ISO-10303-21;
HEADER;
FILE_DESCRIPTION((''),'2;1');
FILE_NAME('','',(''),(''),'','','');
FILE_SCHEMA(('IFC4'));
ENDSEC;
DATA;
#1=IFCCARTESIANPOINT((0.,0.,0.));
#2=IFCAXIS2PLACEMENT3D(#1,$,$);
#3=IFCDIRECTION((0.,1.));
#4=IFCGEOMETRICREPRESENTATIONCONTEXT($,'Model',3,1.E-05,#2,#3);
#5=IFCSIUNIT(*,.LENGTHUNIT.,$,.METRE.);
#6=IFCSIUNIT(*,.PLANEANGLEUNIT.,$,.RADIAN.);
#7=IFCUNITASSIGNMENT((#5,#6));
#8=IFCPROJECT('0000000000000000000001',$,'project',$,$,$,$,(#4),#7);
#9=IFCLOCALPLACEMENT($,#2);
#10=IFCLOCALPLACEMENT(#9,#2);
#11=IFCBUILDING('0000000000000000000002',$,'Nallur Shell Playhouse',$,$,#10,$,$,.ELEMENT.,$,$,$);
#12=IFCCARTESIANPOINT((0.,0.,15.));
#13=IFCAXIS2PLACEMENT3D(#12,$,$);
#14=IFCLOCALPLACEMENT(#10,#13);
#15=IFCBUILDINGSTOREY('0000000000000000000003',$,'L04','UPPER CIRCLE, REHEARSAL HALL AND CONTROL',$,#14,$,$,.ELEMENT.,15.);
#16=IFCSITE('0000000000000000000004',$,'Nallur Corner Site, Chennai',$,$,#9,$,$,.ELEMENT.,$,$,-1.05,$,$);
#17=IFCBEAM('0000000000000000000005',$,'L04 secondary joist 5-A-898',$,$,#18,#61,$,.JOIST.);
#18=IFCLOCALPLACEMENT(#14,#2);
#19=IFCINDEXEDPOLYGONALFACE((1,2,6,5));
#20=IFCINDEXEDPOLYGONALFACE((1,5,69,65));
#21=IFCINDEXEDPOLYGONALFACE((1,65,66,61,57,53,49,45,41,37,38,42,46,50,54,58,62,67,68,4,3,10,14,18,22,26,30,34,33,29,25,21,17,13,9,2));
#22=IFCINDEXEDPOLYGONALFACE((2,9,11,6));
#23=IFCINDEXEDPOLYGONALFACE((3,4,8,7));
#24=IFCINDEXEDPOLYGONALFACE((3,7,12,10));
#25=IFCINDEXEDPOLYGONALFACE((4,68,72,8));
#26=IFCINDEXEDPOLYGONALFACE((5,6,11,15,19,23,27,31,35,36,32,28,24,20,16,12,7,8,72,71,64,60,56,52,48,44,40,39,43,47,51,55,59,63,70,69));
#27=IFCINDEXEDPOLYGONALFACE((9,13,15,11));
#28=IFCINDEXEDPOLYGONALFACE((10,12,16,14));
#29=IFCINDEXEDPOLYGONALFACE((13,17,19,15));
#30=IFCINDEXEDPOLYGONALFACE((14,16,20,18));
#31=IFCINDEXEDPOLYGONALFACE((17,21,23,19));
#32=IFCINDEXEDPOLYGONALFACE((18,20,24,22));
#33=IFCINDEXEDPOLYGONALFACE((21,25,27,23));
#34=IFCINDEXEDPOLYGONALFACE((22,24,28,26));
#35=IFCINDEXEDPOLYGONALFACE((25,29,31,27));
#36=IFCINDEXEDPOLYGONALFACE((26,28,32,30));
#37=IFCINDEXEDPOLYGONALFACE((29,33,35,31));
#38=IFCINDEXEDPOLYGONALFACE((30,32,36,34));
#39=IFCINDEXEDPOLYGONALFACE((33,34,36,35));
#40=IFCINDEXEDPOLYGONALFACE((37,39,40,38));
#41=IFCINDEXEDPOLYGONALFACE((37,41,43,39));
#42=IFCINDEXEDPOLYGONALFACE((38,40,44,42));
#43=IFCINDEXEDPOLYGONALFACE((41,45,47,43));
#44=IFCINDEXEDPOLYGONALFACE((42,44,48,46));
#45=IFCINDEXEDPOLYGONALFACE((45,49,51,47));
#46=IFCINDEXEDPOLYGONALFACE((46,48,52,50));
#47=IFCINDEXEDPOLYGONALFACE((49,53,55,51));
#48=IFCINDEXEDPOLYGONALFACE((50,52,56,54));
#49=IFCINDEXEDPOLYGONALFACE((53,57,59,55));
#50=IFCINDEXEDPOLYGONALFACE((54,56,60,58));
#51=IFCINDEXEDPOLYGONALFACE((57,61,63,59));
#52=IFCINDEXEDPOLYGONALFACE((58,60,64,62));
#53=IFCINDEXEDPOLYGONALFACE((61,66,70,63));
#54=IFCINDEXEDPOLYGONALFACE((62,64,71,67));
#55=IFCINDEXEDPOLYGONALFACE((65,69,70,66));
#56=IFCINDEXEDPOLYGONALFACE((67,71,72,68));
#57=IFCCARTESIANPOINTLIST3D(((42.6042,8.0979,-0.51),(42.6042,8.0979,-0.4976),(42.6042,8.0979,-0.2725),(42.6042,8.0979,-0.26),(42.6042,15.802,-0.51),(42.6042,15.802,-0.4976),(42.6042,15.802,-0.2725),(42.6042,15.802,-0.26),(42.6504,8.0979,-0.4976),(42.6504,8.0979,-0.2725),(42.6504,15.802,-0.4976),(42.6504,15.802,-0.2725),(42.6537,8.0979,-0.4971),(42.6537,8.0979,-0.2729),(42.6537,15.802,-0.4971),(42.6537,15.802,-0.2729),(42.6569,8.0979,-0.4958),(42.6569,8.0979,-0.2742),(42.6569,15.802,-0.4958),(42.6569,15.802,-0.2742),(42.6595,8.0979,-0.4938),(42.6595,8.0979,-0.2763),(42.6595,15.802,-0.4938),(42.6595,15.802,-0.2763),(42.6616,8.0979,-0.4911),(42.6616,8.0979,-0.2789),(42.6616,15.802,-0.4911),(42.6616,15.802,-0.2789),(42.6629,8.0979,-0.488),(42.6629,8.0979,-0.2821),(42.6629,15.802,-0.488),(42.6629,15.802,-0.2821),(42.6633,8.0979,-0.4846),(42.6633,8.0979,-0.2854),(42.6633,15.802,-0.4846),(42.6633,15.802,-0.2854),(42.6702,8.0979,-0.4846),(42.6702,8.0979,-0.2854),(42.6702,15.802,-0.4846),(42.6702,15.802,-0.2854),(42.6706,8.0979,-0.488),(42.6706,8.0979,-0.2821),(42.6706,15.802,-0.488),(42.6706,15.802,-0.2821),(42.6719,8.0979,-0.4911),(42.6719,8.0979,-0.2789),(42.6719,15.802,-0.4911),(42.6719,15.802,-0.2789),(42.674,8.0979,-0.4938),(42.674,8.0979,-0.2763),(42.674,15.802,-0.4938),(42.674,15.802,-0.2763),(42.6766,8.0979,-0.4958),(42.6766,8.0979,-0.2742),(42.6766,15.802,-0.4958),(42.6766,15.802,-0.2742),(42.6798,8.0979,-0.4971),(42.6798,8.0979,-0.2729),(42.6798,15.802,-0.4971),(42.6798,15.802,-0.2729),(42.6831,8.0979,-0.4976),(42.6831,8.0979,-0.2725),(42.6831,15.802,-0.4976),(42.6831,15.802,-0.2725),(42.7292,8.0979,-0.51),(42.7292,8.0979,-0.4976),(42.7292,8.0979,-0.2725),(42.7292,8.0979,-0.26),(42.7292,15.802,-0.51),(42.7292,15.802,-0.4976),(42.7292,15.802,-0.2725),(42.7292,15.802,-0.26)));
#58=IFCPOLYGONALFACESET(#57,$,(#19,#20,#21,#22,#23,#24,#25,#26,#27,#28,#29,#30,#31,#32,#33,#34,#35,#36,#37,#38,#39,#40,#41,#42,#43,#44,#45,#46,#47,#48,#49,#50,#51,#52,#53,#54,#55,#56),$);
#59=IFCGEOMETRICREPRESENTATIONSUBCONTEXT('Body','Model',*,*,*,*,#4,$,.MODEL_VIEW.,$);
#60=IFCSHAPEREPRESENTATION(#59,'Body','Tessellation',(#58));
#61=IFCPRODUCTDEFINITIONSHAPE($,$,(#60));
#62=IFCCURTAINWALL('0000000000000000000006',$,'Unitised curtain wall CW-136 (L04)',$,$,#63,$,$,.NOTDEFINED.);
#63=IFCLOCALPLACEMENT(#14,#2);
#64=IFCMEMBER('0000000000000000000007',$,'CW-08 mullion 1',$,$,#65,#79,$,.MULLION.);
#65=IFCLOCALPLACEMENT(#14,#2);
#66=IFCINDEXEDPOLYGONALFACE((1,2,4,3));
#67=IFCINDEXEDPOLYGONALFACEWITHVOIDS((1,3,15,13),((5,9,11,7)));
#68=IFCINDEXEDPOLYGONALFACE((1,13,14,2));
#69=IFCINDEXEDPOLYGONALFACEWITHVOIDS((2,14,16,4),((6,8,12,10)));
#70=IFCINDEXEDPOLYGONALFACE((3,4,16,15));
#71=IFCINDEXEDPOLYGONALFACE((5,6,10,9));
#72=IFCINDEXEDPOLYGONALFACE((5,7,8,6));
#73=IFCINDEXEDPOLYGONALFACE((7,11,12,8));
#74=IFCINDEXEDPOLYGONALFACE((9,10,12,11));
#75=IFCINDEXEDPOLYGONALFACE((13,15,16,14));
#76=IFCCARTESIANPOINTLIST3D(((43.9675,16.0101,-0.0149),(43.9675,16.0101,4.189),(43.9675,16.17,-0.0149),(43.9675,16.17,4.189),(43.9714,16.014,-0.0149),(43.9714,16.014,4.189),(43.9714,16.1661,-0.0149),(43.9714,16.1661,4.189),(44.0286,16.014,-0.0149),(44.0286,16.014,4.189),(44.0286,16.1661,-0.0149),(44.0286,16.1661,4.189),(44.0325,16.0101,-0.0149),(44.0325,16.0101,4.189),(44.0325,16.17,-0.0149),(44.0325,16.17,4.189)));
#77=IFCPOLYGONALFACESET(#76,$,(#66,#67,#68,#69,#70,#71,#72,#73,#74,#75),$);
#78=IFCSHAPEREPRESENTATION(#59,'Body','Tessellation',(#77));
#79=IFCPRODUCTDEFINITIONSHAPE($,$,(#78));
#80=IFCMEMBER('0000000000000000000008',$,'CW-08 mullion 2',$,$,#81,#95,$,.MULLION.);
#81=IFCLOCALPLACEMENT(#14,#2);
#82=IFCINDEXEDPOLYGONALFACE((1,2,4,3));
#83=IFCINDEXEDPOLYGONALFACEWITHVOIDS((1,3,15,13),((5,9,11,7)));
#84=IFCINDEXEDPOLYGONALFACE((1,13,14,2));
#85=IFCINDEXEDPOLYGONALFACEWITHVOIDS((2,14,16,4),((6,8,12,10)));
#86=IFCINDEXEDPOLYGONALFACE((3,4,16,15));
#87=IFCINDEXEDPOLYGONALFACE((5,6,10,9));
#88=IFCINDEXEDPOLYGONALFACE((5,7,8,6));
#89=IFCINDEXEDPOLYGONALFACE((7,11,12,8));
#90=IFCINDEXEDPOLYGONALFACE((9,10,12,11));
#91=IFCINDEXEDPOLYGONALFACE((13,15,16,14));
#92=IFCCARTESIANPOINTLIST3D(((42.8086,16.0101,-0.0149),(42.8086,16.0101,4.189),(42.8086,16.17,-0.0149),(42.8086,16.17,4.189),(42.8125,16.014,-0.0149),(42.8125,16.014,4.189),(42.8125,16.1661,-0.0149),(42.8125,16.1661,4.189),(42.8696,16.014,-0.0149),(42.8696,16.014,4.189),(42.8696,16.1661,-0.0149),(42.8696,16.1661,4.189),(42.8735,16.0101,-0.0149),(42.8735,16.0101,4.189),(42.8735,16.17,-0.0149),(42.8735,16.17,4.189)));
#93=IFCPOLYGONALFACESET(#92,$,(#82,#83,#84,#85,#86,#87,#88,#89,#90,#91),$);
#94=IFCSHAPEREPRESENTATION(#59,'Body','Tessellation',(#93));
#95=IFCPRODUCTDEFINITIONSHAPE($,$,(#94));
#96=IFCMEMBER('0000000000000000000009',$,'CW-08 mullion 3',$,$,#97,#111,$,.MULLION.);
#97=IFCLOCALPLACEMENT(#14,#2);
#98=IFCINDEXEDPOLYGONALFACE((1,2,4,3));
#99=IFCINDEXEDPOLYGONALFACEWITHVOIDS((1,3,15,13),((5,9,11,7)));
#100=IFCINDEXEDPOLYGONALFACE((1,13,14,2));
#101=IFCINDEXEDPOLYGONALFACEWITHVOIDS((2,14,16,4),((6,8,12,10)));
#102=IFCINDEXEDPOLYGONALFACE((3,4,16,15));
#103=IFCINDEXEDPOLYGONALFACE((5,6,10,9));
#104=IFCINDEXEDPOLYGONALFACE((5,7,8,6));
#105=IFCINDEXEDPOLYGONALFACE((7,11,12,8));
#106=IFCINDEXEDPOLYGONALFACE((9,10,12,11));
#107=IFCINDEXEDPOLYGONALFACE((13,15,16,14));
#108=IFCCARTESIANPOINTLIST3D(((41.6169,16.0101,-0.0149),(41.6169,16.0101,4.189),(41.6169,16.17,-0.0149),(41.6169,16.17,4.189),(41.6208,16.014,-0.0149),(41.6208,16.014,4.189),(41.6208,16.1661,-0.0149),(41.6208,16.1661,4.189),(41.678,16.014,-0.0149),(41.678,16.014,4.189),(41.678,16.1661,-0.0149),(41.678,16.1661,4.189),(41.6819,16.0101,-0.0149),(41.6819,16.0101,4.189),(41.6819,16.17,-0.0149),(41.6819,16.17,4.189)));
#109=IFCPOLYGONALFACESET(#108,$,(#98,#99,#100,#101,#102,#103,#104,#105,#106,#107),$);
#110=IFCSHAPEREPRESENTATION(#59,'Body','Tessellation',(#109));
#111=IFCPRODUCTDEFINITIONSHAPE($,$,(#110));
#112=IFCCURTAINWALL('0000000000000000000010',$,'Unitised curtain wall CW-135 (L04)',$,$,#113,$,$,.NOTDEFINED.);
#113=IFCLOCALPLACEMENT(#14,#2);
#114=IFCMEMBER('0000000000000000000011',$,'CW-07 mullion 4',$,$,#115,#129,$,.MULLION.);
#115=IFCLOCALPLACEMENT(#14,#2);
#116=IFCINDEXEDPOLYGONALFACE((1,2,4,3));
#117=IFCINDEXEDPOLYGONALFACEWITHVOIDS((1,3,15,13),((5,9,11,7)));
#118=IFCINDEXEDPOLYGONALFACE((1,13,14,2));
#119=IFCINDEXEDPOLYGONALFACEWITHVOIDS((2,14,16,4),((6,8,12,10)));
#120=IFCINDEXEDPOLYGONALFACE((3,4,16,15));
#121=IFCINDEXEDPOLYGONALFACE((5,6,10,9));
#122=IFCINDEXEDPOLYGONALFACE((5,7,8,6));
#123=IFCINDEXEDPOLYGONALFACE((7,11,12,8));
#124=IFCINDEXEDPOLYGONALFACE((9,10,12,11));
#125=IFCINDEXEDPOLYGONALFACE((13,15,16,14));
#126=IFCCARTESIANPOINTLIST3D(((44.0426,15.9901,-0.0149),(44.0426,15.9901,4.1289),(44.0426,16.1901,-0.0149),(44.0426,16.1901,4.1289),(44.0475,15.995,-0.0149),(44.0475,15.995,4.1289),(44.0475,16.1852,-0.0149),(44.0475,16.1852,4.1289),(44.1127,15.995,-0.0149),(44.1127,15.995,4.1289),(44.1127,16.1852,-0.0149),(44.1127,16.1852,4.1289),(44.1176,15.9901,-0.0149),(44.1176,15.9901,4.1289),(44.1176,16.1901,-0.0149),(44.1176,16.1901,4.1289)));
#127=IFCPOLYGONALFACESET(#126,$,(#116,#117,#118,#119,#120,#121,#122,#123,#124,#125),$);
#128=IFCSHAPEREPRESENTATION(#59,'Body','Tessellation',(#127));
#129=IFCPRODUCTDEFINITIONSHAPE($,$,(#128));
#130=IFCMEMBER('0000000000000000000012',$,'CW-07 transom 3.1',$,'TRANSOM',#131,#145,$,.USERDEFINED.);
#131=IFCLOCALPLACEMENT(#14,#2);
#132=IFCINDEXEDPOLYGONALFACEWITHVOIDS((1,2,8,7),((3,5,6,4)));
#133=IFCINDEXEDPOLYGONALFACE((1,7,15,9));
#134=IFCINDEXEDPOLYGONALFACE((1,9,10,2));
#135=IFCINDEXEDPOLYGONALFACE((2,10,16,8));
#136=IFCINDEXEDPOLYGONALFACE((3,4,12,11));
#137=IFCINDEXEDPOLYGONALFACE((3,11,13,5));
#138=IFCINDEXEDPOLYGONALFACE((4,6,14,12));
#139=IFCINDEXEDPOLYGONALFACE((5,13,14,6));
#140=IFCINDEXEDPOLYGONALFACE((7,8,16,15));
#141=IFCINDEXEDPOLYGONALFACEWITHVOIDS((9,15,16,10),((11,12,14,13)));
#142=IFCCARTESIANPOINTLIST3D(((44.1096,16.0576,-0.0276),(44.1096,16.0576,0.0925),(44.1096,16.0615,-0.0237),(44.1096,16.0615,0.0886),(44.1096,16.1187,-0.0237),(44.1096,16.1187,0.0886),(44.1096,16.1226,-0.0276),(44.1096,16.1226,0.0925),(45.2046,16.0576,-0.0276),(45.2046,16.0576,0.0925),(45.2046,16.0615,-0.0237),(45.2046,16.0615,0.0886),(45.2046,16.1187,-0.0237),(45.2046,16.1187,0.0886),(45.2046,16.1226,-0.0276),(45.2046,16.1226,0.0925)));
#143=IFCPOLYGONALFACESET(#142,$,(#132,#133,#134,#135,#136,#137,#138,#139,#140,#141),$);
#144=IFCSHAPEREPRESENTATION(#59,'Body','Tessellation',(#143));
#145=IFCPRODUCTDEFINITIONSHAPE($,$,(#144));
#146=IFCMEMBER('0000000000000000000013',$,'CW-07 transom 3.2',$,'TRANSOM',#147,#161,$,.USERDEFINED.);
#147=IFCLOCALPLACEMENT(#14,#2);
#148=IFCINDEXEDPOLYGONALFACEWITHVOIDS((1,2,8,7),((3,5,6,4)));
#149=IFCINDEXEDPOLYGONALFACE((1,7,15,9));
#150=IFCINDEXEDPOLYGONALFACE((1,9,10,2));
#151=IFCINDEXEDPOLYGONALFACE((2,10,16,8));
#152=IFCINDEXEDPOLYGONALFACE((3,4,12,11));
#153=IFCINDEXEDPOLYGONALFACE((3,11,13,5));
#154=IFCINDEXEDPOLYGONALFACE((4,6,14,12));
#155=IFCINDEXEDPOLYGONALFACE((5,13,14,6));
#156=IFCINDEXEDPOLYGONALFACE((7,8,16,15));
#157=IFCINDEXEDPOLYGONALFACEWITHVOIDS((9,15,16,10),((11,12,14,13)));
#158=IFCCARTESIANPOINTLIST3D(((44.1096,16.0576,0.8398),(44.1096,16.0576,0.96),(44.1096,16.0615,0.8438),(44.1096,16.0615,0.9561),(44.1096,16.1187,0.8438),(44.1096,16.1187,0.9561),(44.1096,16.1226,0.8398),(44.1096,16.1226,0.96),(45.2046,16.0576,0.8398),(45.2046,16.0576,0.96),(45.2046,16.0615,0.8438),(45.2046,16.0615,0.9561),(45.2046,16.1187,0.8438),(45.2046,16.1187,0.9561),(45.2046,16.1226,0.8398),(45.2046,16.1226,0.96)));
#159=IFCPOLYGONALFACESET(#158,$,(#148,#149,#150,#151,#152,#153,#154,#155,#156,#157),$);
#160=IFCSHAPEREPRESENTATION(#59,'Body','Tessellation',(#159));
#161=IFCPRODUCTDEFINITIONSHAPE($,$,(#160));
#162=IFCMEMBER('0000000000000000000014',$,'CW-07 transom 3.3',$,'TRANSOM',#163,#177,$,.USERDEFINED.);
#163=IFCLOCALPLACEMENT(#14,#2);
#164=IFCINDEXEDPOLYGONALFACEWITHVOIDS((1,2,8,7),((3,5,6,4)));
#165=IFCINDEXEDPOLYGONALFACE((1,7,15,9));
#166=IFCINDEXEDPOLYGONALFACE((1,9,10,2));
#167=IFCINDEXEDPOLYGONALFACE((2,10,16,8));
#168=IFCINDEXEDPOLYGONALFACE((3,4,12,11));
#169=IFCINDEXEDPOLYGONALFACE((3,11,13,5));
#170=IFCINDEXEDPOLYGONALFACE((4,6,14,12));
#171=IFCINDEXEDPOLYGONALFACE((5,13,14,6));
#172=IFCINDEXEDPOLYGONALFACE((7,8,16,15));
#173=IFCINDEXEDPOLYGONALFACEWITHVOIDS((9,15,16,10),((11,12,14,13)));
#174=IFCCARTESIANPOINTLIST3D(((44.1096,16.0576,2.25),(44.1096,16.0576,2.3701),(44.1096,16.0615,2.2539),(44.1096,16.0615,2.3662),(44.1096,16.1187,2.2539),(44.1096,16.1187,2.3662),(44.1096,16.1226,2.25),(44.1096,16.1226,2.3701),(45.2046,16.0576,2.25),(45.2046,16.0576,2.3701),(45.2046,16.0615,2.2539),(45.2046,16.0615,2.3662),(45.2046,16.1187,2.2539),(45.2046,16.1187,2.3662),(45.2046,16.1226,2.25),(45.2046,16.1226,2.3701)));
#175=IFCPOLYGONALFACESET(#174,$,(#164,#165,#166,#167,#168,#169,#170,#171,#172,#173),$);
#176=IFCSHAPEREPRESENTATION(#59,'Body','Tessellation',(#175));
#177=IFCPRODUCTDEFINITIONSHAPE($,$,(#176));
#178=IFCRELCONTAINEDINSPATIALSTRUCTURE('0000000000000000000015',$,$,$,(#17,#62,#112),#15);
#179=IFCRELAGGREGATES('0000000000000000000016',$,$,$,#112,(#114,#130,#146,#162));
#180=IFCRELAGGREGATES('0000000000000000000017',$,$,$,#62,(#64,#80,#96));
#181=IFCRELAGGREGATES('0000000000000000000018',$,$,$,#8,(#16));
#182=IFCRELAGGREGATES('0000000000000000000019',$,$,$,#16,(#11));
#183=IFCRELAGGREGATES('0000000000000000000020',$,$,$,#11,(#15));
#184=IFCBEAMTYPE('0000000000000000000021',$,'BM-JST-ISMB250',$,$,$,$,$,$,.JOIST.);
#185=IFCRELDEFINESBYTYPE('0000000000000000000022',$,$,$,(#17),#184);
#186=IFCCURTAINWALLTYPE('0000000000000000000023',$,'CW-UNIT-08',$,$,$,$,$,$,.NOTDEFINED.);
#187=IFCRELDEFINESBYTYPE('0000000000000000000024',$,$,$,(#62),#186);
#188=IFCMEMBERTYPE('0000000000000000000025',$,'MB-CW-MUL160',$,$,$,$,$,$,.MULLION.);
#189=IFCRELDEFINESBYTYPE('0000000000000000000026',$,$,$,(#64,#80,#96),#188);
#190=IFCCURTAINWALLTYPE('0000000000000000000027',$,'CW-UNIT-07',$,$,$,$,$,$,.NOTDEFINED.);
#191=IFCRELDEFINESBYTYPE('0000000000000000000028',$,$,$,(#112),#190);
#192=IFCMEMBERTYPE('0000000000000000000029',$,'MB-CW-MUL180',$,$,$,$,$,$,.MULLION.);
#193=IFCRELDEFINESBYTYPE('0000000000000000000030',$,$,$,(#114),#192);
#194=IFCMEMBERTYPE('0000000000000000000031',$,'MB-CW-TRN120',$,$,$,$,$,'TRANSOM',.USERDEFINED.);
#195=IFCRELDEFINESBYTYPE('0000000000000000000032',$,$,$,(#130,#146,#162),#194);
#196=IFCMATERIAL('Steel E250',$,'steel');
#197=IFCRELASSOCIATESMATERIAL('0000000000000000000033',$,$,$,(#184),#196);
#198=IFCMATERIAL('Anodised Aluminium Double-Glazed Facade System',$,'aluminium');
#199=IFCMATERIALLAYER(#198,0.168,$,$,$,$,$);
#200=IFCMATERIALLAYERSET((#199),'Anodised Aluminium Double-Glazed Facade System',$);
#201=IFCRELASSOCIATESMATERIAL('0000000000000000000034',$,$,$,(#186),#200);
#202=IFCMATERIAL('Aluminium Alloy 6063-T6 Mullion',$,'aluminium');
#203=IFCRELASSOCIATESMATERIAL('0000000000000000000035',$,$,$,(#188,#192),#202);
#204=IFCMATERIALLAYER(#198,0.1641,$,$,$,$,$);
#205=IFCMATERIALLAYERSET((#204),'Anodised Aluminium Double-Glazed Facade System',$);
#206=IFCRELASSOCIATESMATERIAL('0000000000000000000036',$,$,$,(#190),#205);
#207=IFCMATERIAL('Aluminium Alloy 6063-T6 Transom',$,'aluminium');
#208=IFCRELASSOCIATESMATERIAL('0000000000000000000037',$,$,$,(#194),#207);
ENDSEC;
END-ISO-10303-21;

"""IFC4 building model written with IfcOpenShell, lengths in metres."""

from ifc_helpers import new_model, si_unit, direction, frame, origin, origin_2d, place, context, subcontext, project, spatial, hollow_rectangle, i_section, extrude, material, layer, layer_set, material_profile, profile_set, type_object, element, aggregate, save


model = new_model("IFC4")

# Units and contexts
model_context = context("Model", 3, precision=1e-05, world=origin(), true_north=direction((0.0, 1.0)))
body_context = subcontext(model_context, "Body", "Model", "MODEL_VIEW")
ifc_project = project(units=[si_unit("LENGTHUNIT", "METRE"), si_unit("PLANEANGLEUNIT", "RADIAN")], contexts=[model_context])

# Site, building, storey
site_placement = place(None, origin())
site = spatial("IfcSite", under=ifc_project, at=site_placement, Name="Nallur Corner Site, Chennai", CompositionType="ELEMENT", RefElevation=-1.05)
building_placement = place(site_placement, origin())
building = spatial("IfcBuilding", under=site, at=building_placement, Name="Nallur Shell Playhouse", CompositionType="ELEMENT")
storey_placement = place(building_placement, frame((0.0, 0.0, 15.0)))
storey = spatial("IfcBuildingStorey", under=building, at=storey_placement, Name="L04", Description="UPPER CIRCLE, REHEARSAL HALL AND CONTROL", CompositionType="ELEMENT", Elevation=15.0)

# Beam
ifc_material_1 = material(Name="Steel E250", Category="steel")
ifc_material_profile_1 = material_profile(ifc_material_1, i_section(OverallWidth=0.125, OverallDepth=0.25, WebThickness=0.0068, FlangeThickness=0.0125, FilletRadius=0.0129, at=origin_2d()), Name="ISMB 250")
ifc_profile_set_1 = profile_set([ifc_material_profile_1], Name="Steel E250")
beam_type = type_object("IfcBeamType", Name="BM-JST-ISMB250", PredefinedType="JOIST", material=ifc_profile_set_1)
beam_placement = place(storey_placement, frame((42.6667, 8.0979, -0.385), z_axis=(0.0, 1.0, 0.0), x_axis=(-1.0, 0.0, 0.0)))
element("IfcBeam", 1, at=beam_placement, inside=storey, type_object=beam_type, Name="L04 secondary joist 5-A-898", PredefinedType="JOIST", context=body_context, shape_type="SweptSolid", body=[
    extrude(i_section(OverallWidth=0.125, OverallDepth=0.25, WebThickness=0.0068, FlangeThickness=0.0125, FilletRadius=0.0129, at=origin_2d()), origin(), (0.0, 0.0, 1.0), 7.7041),
])

# Curtain walls, members
ifc_material_2 = material(Name="Anodised Aluminium Double-Glazed Facade System", Category="aluminium")
ifc_layer_1 = layer(ifc_material_2, 0.168)
ifc_layer_set_1 = layer_set([ifc_layer_1], Name="Anodised Aluminium Double-Glazed Facade System")
curtain_wall_type_1 = type_object("IfcCurtainWallType", Name="CW-UNIT-08", PredefinedType="NOTDEFINED", material=ifc_layer_set_1)
curtain_wall_1_placement = place(storey_placement, origin())
curtain_wall_1 = element("IfcCurtainWall", 2, at=curtain_wall_1_placement, inside=storey, type_object=curtain_wall_type_1, Name="Unitised curtain wall CW-136 (L04)", PredefinedType="NOTDEFINED")
ifc_material_3 = material(Name="Aluminium Alloy 6063-T6 Mullion", Category="aluminium")
ifc_material_profile_2 = material_profile(ifc_material_3, hollow_rectangle(XDim=0.0649, YDim=0.1599, WallThickness=0.0039, at=origin_2d()), Name="ALU 65x160x4")
ifc_profile_set_2 = profile_set([ifc_material_profile_2], Name="Aluminium Alloy 6063-T6 Mullion")
member_type_1 = type_object("IfcMemberType", Name="MB-CW-MUL160", PredefinedType="MULLION", material=ifc_profile_set_2)
member_1_placement = place(storey_placement, frame((44.0, 16.0901, -0.0149), z_axis=(0.0, 0.0, 1.0), x_axis=(-1.0, 0.0, 0.0)))
member_1 = element("IfcMember", 3, at=member_1_placement, type_object=member_type_1, Name="CW-08 mullion 1", PredefinedType="MULLION", context=body_context, shape_type="SweptSolid", body=[
    extrude(hollow_rectangle(XDim=0.0649, YDim=0.1599, WallThickness=0.0039, at=origin_2d()), origin(), (0.0, 0.0, 1.0), 4.2039),
])
member_2_placement = place(storey_placement, frame((42.8411, 16.0901, -0.0149), z_axis=(0.0, 0.0, 1.0), x_axis=(-1.0, 0.0, 0.0)))
member_2 = element("IfcMember", 4, at=member_2_placement, type_object=member_type_1, Name="CW-08 mullion 2", PredefinedType="MULLION", context=body_context, shape_type="SweptSolid", body=[
    extrude(hollow_rectangle(XDim=0.0649, YDim=0.1599, WallThickness=0.0039, at=origin_2d()), origin(), (0.0, 0.0, 1.0), 4.2039),
])
member_3_placement = place(storey_placement, frame((41.6494, 16.0901, -0.0149), z_axis=(0.0, 0.0, 1.0), x_axis=(-1.0, 0.0, 0.0)))
member_3 = element("IfcMember", 5, at=member_3_placement, type_object=member_type_1, Name="CW-08 mullion 3", PredefinedType="MULLION", context=body_context, shape_type="SweptSolid", body=[
    extrude(hollow_rectangle(XDim=0.0649, YDim=0.1599, WallThickness=0.0039, at=origin_2d()), origin(), (0.0, 0.0, 1.0), 4.2039),
])
ifc_layer_2 = layer(ifc_material_2, 0.1641)
ifc_layer_set_2 = layer_set([ifc_layer_2], Name="Anodised Aluminium Double-Glazed Facade System")
curtain_wall_type_2 = type_object("IfcCurtainWallType", Name="CW-UNIT-07", PredefinedType="NOTDEFINED", material=ifc_layer_set_2)
curtain_wall_2_placement = place(storey_placement, origin())
curtain_wall_2 = element("IfcCurtainWall", 6, at=curtain_wall_2_placement, inside=storey, type_object=curtain_wall_type_2, Name="Unitised curtain wall CW-135 (L04)", PredefinedType="NOTDEFINED")
ifc_material_profile_3 = material_profile(ifc_material_3, hollow_rectangle(XDim=0.075, YDim=0.2, WallThickness=0.0049, at=origin_2d()), Name="ALU 75x200x5")
ifc_profile_set_3 = profile_set([ifc_material_profile_3], Name="Aluminium Alloy 6063-T6 Mullion")
member_type_2 = type_object("IfcMemberType", Name="MB-CW-MUL180", PredefinedType="MULLION", material=ifc_profile_set_3)
member_4_placement = place(storey_placement, frame((44.0801, 16.0901, -0.0149), z_axis=(0.0, 0.0, 1.0), x_axis=(-1.0, 0.0, 0.0)))
member_4 = element("IfcMember", 7, at=member_4_placement, type_object=member_type_2, Name="CW-07 mullion 4", PredefinedType="MULLION", context=body_context, shape_type="SweptSolid", body=[
    extrude(hollow_rectangle(XDim=0.075, YDim=0.2, WallThickness=0.0049, at=origin_2d()), origin(), (0.0, 0.0, 1.0), 4.1438),
])
ifc_material_4 = material(Name="Aluminium Alloy 6063-T6 Transom", Category="aluminium")
ifc_material_profile_4 = material_profile(ifc_material_4, hollow_rectangle(XDim=0.0649, YDim=0.1201, WallThickness=0.0039, at=origin_2d()), Name="ALU 65x120x4")
ifc_profile_set_4 = profile_set([ifc_material_profile_4], Name="Aluminium Alloy 6063-T6 Transom")
member_type_3 = type_object("IfcMemberType", Name="MB-CW-TRN120", ElementType="TRANSOM", PredefinedType="USERDEFINED", material=ifc_profile_set_4)
member_5_placement = place(storey_placement, frame((45.2046, 16.0901, 0.0325), z_axis=(-1.0, 0.0, 0.0), x_axis=(0.0, -1.0, 0.0)))
member_5 = element("IfcMember", 8, at=member_5_placement, type_object=member_type_3, Name="CW-07 transom 3.1", ObjectType="TRANSOM", PredefinedType="USERDEFINED", context=body_context, shape_type="SweptSolid", body=[
    extrude(hollow_rectangle(XDim=0.0649, YDim=0.1201, WallThickness=0.0039, at=origin_2d()), origin(), (0.0, 0.0, 1.0), 1.095),
])
member_6_placement = place(storey_placement, frame((45.2046, 16.0901, 0.8999), z_axis=(-1.0, 0.0, 0.0), x_axis=(0.0, -1.0, 0.0)))
member_6 = element("IfcMember", 9, at=member_6_placement, type_object=member_type_3, Name="CW-07 transom 3.2", ObjectType="TRANSOM", PredefinedType="USERDEFINED", context=body_context, shape_type="SweptSolid", body=[
    extrude(hollow_rectangle(XDim=0.0649, YDim=0.1201, WallThickness=0.0039, at=origin_2d()), origin(), (0.0, 0.0, 1.0), 1.095),
])
member_7_placement = place(storey_placement, frame((45.2046, 16.0901, 2.3101), z_axis=(-1.0, 0.0, 0.0), x_axis=(0.0, -1.0, 0.0)))
member_7 = element("IfcMember", 10, at=member_7_placement, type_object=member_type_3, Name="CW-07 transom 3.3", ObjectType="TRANSOM", PredefinedType="USERDEFINED", context=body_context, shape_type="SweptSolid", body=[
    extrude(hollow_rectangle(XDim=0.0649, YDim=0.1201, WallThickness=0.0039, at=origin_2d()), origin(), (0.0, 0.0, 1.0), 1.095),
])

aggregate(curtain_wall_2, [member_4, member_5, member_6, member_7])
aggregate(curtain_wall_1, [member_1, member_2, member_3])

save(model, "model.ifc")
